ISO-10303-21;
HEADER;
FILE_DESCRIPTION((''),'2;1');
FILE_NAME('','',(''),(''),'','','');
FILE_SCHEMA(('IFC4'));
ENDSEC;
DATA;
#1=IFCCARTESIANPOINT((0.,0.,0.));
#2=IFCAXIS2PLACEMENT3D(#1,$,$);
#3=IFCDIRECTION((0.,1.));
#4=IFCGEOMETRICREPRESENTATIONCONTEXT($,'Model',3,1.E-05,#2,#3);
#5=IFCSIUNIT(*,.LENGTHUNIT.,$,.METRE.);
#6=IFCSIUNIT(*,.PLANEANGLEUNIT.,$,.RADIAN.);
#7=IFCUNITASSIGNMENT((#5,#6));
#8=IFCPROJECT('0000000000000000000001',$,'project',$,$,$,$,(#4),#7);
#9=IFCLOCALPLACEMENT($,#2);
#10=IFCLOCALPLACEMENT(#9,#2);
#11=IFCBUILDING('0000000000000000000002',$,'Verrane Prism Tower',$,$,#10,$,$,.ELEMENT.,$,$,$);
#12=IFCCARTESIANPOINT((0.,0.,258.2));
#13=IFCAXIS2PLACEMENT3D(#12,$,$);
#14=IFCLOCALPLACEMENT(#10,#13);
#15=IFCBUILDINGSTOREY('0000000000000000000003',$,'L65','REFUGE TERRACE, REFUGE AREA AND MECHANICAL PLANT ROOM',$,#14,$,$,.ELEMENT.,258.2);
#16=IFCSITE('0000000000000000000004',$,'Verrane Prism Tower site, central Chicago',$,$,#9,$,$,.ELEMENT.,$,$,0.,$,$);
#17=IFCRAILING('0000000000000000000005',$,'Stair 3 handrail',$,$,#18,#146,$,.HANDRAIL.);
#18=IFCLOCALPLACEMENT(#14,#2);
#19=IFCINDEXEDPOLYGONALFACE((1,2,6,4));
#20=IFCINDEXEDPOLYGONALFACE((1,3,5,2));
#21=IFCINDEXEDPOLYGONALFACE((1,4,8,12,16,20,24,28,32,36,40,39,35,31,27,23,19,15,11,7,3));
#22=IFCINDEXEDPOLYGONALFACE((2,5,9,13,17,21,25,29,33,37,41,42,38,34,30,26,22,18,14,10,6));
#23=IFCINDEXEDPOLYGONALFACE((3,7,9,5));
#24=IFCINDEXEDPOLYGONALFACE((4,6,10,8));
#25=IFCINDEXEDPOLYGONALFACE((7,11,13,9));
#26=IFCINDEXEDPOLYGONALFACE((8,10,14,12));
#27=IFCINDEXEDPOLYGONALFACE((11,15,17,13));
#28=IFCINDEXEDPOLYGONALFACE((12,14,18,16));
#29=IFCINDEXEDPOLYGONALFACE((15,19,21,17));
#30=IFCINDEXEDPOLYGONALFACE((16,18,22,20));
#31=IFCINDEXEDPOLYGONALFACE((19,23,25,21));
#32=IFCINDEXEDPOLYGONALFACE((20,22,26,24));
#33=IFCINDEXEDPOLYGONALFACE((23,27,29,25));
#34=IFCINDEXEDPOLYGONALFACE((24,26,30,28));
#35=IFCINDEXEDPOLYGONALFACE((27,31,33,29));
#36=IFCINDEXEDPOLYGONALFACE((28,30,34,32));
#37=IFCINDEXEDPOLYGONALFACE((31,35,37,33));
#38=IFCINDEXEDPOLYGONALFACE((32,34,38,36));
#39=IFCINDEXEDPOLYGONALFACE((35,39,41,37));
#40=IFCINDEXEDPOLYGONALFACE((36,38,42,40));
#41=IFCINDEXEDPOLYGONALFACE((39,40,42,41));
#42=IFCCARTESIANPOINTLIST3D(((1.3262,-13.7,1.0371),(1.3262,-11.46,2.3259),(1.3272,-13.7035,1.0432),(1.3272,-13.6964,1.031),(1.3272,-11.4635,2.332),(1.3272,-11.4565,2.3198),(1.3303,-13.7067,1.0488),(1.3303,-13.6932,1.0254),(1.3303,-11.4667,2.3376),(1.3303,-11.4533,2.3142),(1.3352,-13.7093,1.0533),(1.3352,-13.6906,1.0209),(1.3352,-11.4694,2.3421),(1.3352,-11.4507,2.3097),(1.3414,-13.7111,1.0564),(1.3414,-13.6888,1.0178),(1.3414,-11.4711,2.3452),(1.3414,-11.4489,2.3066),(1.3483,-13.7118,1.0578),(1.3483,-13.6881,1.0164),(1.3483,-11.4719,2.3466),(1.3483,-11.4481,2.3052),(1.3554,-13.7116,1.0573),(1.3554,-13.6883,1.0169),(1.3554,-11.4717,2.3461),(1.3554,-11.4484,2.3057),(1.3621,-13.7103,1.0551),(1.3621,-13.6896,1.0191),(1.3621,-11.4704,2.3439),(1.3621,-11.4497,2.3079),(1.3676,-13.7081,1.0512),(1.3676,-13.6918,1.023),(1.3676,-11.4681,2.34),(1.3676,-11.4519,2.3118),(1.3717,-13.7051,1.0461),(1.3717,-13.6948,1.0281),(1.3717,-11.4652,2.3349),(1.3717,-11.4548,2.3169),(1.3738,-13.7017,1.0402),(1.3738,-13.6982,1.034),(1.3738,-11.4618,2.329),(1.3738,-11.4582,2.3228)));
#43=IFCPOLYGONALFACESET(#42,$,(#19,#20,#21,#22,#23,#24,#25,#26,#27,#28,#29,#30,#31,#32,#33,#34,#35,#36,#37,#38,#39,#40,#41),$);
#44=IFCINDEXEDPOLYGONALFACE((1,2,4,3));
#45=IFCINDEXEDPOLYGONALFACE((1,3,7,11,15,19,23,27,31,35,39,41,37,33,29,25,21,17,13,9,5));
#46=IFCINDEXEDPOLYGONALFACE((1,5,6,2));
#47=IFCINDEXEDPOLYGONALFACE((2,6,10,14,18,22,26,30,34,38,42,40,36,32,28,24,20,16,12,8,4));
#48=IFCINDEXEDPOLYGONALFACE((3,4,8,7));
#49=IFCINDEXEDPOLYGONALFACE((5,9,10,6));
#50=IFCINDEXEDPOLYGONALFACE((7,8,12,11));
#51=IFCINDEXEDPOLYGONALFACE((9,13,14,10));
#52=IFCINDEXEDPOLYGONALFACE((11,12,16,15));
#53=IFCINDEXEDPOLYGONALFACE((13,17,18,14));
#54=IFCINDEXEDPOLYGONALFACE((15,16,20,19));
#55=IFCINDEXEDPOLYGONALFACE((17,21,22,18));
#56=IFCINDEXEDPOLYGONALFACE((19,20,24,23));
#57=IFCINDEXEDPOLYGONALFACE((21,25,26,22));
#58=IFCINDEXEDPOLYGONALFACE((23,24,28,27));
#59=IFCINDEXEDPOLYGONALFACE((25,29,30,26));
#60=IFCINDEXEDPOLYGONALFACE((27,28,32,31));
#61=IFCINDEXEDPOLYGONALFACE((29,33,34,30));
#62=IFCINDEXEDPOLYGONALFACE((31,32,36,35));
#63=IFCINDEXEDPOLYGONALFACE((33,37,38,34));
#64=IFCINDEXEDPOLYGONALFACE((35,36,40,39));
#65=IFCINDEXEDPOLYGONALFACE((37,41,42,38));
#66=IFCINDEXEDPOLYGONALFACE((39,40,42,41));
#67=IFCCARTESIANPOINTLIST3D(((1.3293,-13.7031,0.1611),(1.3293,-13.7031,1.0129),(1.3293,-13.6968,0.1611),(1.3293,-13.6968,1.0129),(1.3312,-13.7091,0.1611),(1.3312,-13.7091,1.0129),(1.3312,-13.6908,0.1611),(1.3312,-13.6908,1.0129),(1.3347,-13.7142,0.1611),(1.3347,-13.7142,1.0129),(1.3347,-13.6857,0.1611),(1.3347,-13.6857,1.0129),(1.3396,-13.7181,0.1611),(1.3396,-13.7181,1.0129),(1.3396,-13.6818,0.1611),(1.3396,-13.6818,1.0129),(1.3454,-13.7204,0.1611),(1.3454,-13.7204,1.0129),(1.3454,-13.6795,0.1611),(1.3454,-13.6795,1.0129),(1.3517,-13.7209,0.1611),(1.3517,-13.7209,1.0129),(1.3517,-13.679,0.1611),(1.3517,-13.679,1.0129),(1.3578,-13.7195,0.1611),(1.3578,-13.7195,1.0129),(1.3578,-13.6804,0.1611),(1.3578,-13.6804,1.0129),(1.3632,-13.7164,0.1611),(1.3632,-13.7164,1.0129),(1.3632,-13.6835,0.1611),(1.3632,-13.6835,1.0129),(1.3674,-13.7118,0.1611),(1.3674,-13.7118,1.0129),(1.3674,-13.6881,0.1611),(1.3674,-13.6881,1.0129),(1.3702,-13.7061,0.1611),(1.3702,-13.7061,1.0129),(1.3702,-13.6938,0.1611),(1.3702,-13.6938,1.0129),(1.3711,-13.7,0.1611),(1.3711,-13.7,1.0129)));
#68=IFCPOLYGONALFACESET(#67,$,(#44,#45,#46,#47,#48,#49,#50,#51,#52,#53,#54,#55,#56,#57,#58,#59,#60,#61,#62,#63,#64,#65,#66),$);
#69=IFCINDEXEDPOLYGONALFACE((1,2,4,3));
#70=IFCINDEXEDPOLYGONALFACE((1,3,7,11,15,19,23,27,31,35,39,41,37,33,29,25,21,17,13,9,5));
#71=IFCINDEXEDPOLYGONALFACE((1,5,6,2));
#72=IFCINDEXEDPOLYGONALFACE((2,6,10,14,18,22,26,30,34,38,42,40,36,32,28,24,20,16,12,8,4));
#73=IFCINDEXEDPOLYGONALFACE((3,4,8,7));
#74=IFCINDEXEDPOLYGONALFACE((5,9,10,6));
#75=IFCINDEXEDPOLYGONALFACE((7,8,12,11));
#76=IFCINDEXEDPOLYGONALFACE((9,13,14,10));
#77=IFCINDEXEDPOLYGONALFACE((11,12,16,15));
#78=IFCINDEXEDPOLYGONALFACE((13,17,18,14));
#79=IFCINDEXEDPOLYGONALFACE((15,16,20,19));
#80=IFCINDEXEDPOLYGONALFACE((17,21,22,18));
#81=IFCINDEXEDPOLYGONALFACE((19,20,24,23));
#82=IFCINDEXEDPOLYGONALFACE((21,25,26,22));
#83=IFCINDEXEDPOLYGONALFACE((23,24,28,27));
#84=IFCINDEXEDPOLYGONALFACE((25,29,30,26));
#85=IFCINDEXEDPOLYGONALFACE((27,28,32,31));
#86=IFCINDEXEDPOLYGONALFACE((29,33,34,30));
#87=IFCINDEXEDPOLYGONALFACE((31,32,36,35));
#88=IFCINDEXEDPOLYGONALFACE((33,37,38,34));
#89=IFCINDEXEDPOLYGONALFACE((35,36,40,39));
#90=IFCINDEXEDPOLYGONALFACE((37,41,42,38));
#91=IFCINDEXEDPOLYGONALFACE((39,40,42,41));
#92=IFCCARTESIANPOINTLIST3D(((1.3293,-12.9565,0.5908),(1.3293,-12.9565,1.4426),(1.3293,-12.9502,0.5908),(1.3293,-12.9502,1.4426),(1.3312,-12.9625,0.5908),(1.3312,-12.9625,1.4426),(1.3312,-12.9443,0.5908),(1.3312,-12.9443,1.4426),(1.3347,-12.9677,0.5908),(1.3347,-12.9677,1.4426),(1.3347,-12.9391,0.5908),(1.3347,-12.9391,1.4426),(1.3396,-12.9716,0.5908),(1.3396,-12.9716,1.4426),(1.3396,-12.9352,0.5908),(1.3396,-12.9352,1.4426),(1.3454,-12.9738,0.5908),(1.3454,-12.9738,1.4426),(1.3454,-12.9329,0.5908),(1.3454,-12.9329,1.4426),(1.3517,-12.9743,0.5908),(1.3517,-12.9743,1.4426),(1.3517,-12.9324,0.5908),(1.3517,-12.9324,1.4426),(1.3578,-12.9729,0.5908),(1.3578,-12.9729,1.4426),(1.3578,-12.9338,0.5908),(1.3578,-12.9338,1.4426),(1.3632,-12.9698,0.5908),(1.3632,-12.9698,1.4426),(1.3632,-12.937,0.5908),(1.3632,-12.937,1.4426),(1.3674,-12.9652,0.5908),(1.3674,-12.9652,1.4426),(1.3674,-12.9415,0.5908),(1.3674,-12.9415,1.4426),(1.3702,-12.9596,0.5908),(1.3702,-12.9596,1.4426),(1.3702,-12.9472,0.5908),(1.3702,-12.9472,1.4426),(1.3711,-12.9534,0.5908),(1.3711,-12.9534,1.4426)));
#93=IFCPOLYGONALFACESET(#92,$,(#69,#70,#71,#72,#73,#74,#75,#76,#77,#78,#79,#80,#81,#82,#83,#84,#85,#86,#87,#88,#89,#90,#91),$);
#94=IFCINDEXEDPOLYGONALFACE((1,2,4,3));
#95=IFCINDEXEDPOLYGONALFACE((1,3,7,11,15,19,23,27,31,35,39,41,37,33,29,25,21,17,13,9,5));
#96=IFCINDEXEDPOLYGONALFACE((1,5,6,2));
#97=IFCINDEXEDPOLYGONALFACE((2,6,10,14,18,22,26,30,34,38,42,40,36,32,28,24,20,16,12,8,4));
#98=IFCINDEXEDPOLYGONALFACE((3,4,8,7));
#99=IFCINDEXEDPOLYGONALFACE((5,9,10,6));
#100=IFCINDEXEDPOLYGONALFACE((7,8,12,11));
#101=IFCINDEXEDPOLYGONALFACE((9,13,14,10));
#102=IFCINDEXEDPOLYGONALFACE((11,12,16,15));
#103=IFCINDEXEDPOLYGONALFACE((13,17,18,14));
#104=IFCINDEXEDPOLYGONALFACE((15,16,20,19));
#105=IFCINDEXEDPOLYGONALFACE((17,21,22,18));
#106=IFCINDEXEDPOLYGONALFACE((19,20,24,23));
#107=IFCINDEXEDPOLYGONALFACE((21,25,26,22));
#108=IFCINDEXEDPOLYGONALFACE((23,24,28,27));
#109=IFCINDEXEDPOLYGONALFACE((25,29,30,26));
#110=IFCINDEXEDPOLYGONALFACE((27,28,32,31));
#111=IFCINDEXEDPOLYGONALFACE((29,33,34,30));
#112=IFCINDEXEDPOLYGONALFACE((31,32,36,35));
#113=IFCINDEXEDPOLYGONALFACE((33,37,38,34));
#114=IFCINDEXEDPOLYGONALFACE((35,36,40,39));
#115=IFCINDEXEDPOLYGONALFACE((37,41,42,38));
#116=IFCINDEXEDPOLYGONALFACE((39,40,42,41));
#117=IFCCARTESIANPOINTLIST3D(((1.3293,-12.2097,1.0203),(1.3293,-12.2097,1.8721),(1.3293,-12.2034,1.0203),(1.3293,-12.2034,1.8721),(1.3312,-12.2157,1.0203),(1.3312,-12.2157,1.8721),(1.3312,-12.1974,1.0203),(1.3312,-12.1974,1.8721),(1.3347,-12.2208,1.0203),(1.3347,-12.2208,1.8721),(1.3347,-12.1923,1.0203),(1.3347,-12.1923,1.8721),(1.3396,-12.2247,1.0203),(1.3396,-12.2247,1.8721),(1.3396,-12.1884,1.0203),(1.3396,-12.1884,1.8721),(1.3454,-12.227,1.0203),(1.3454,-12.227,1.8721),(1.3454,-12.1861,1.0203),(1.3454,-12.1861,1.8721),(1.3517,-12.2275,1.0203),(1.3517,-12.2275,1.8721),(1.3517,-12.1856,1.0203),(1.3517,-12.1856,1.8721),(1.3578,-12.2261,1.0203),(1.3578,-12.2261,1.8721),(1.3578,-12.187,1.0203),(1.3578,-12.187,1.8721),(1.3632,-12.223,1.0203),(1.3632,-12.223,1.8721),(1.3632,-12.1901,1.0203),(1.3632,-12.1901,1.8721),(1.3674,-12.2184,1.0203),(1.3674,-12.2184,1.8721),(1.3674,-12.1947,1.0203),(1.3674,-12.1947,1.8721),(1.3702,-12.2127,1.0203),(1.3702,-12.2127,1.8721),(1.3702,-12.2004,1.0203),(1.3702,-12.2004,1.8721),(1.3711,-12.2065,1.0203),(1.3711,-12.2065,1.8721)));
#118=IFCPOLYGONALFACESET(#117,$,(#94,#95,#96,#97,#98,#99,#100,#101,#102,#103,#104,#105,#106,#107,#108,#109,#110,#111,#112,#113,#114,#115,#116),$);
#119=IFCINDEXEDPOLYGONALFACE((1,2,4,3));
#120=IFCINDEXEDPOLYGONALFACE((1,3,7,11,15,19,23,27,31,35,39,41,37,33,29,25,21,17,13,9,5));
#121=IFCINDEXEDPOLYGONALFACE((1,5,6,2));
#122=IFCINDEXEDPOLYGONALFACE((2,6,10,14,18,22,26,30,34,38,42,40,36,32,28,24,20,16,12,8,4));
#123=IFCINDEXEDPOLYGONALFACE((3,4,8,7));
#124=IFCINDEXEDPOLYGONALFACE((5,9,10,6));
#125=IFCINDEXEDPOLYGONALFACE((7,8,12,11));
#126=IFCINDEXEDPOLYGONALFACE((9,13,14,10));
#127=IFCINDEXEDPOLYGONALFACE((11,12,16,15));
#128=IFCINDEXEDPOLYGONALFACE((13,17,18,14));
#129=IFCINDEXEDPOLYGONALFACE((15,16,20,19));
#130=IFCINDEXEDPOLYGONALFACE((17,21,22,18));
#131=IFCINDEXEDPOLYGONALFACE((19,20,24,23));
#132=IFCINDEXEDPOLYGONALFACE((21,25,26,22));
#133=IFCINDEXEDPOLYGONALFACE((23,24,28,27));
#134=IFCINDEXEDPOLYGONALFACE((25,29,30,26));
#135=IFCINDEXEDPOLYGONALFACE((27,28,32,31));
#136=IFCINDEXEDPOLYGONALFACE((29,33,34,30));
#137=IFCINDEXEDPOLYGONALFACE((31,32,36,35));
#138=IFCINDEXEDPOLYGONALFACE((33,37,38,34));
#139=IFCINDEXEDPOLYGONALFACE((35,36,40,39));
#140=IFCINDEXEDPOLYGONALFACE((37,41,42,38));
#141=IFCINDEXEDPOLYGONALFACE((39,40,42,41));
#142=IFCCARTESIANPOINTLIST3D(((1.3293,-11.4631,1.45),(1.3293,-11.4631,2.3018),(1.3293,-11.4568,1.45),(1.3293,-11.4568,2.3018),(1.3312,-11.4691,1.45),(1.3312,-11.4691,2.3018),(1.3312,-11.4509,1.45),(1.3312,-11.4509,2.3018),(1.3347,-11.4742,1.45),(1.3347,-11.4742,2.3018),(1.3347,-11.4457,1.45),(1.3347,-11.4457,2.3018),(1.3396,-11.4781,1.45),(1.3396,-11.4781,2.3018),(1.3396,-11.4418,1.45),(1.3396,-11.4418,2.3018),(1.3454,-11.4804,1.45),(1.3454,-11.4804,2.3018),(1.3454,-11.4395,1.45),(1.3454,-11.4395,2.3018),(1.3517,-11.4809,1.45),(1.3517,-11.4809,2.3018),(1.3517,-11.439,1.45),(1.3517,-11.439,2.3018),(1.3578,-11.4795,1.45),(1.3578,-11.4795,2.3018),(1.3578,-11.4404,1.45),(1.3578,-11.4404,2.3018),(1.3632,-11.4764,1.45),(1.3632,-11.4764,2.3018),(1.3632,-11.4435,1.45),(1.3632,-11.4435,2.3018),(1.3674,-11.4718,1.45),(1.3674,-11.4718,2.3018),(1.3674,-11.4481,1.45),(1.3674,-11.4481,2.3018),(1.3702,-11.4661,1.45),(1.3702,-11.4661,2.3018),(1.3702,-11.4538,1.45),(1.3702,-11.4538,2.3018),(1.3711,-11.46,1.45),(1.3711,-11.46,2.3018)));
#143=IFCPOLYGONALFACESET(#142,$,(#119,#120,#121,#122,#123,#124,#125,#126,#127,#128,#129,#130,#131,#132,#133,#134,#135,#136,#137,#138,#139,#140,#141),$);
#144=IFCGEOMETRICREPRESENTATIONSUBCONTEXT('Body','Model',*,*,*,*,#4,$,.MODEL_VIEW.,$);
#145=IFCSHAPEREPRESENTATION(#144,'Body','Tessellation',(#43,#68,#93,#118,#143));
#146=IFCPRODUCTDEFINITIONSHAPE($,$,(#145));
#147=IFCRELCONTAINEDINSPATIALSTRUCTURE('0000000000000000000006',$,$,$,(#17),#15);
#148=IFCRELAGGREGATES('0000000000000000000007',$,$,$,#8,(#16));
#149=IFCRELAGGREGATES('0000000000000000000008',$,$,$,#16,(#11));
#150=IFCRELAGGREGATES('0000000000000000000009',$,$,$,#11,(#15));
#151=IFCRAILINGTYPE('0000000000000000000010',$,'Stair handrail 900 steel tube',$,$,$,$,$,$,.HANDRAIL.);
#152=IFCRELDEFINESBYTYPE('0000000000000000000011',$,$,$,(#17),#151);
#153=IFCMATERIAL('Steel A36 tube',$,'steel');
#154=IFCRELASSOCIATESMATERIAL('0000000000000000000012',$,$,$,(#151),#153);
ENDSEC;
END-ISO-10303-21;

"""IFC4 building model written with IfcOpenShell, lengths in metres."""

from ifc_helpers import new_model, si_unit, direction, frame, origin, origin_2d, place, context, subcontext, project, spatial, circle, extrude, material, type_object, element, save


model = new_model("IFC4")

# Units and contexts
model_context = context("Model", 3, precision=1e-05, world=origin(), true_north=direction((0.0, 1.0)))
body_context = subcontext(model_context, "Body", "Model", "MODEL_VIEW")
ifc_project = project(units=[si_unit("LENGTHUNIT", "METRE"), si_unit("PLANEANGLEUNIT", "RADIAN")], contexts=[model_context])

# Site, building, storey
site_placement = place(None, origin())
site = spatial("IfcSite", under=ifc_project, at=site_placement, Name="Verrane Prism Tower site, central Chicago", CompositionType="ELEMENT", RefElevation=0.0)
building_placement = place(site_placement, origin())
building = spatial("IfcBuilding", under=site, at=building_placement, Name="Verrane Prism Tower", CompositionType="ELEMENT")
storey_placement = place(building_placement, frame((0.0, 0.0, 258.2)))
storey = spatial("IfcBuildingStorey", under=building, at=storey_placement, Name="L65", Description="REFUGE TERRACE, REFUGE AREA AND MECHANICAL PLANT ROOM", CompositionType="ELEMENT", Elevation=258.2)

# Railing
ifc_material_1 = material(Name="Steel A36 tube", Category="steel")
railing_type_1 = type_object("IfcRailingType", Name="Stair handrail 900 steel tube", PredefinedType="HANDRAIL", material=ifc_material_1)
for number, where, name in (
    (1, (1.3501, -13.7, 0.1611), "Stair 3 handrail"),
):
    element("IfcRailing", number, at=place(storey_placement, frame(where)), inside=storey, type_object=railing_type_1, Name=name, PredefinedType="HANDRAIL", context=body_context, shape_type="SweptSolid", body=[
        extrude(circle(Radius=0.0239, at=origin_2d()), frame((0.0, 0.0, 0.876), z_axis=(0.0, 0.866768, 0.498711), x_axis=(-1.0, 0.0, 0.0)), (0.0, 0.0, 1.0), 2.5842),
        extrude(circle(Radius=0.021, at=origin_2d()), origin(), (0.0, 0.0, 1.0), 0.8518),
        extrude(circle(Radius=0.021, at=origin_2d()), frame((0.0, 0.7466, 0.4297)), (0.0, 0.0, 1.0), 0.8518),
        extrude(circle(Radius=0.021, at=origin_2d()), frame((0.0, 1.4934, 0.8591)), (0.0, 0.0, 1.0), 0.8518),
        extrude(circle(Radius=0.021, at=origin_2d()), frame((0.0, 2.24, 1.2888)), (0.0, 0.0, 1.0), 0.8518),
    ])

save(model, "model.ifc")
